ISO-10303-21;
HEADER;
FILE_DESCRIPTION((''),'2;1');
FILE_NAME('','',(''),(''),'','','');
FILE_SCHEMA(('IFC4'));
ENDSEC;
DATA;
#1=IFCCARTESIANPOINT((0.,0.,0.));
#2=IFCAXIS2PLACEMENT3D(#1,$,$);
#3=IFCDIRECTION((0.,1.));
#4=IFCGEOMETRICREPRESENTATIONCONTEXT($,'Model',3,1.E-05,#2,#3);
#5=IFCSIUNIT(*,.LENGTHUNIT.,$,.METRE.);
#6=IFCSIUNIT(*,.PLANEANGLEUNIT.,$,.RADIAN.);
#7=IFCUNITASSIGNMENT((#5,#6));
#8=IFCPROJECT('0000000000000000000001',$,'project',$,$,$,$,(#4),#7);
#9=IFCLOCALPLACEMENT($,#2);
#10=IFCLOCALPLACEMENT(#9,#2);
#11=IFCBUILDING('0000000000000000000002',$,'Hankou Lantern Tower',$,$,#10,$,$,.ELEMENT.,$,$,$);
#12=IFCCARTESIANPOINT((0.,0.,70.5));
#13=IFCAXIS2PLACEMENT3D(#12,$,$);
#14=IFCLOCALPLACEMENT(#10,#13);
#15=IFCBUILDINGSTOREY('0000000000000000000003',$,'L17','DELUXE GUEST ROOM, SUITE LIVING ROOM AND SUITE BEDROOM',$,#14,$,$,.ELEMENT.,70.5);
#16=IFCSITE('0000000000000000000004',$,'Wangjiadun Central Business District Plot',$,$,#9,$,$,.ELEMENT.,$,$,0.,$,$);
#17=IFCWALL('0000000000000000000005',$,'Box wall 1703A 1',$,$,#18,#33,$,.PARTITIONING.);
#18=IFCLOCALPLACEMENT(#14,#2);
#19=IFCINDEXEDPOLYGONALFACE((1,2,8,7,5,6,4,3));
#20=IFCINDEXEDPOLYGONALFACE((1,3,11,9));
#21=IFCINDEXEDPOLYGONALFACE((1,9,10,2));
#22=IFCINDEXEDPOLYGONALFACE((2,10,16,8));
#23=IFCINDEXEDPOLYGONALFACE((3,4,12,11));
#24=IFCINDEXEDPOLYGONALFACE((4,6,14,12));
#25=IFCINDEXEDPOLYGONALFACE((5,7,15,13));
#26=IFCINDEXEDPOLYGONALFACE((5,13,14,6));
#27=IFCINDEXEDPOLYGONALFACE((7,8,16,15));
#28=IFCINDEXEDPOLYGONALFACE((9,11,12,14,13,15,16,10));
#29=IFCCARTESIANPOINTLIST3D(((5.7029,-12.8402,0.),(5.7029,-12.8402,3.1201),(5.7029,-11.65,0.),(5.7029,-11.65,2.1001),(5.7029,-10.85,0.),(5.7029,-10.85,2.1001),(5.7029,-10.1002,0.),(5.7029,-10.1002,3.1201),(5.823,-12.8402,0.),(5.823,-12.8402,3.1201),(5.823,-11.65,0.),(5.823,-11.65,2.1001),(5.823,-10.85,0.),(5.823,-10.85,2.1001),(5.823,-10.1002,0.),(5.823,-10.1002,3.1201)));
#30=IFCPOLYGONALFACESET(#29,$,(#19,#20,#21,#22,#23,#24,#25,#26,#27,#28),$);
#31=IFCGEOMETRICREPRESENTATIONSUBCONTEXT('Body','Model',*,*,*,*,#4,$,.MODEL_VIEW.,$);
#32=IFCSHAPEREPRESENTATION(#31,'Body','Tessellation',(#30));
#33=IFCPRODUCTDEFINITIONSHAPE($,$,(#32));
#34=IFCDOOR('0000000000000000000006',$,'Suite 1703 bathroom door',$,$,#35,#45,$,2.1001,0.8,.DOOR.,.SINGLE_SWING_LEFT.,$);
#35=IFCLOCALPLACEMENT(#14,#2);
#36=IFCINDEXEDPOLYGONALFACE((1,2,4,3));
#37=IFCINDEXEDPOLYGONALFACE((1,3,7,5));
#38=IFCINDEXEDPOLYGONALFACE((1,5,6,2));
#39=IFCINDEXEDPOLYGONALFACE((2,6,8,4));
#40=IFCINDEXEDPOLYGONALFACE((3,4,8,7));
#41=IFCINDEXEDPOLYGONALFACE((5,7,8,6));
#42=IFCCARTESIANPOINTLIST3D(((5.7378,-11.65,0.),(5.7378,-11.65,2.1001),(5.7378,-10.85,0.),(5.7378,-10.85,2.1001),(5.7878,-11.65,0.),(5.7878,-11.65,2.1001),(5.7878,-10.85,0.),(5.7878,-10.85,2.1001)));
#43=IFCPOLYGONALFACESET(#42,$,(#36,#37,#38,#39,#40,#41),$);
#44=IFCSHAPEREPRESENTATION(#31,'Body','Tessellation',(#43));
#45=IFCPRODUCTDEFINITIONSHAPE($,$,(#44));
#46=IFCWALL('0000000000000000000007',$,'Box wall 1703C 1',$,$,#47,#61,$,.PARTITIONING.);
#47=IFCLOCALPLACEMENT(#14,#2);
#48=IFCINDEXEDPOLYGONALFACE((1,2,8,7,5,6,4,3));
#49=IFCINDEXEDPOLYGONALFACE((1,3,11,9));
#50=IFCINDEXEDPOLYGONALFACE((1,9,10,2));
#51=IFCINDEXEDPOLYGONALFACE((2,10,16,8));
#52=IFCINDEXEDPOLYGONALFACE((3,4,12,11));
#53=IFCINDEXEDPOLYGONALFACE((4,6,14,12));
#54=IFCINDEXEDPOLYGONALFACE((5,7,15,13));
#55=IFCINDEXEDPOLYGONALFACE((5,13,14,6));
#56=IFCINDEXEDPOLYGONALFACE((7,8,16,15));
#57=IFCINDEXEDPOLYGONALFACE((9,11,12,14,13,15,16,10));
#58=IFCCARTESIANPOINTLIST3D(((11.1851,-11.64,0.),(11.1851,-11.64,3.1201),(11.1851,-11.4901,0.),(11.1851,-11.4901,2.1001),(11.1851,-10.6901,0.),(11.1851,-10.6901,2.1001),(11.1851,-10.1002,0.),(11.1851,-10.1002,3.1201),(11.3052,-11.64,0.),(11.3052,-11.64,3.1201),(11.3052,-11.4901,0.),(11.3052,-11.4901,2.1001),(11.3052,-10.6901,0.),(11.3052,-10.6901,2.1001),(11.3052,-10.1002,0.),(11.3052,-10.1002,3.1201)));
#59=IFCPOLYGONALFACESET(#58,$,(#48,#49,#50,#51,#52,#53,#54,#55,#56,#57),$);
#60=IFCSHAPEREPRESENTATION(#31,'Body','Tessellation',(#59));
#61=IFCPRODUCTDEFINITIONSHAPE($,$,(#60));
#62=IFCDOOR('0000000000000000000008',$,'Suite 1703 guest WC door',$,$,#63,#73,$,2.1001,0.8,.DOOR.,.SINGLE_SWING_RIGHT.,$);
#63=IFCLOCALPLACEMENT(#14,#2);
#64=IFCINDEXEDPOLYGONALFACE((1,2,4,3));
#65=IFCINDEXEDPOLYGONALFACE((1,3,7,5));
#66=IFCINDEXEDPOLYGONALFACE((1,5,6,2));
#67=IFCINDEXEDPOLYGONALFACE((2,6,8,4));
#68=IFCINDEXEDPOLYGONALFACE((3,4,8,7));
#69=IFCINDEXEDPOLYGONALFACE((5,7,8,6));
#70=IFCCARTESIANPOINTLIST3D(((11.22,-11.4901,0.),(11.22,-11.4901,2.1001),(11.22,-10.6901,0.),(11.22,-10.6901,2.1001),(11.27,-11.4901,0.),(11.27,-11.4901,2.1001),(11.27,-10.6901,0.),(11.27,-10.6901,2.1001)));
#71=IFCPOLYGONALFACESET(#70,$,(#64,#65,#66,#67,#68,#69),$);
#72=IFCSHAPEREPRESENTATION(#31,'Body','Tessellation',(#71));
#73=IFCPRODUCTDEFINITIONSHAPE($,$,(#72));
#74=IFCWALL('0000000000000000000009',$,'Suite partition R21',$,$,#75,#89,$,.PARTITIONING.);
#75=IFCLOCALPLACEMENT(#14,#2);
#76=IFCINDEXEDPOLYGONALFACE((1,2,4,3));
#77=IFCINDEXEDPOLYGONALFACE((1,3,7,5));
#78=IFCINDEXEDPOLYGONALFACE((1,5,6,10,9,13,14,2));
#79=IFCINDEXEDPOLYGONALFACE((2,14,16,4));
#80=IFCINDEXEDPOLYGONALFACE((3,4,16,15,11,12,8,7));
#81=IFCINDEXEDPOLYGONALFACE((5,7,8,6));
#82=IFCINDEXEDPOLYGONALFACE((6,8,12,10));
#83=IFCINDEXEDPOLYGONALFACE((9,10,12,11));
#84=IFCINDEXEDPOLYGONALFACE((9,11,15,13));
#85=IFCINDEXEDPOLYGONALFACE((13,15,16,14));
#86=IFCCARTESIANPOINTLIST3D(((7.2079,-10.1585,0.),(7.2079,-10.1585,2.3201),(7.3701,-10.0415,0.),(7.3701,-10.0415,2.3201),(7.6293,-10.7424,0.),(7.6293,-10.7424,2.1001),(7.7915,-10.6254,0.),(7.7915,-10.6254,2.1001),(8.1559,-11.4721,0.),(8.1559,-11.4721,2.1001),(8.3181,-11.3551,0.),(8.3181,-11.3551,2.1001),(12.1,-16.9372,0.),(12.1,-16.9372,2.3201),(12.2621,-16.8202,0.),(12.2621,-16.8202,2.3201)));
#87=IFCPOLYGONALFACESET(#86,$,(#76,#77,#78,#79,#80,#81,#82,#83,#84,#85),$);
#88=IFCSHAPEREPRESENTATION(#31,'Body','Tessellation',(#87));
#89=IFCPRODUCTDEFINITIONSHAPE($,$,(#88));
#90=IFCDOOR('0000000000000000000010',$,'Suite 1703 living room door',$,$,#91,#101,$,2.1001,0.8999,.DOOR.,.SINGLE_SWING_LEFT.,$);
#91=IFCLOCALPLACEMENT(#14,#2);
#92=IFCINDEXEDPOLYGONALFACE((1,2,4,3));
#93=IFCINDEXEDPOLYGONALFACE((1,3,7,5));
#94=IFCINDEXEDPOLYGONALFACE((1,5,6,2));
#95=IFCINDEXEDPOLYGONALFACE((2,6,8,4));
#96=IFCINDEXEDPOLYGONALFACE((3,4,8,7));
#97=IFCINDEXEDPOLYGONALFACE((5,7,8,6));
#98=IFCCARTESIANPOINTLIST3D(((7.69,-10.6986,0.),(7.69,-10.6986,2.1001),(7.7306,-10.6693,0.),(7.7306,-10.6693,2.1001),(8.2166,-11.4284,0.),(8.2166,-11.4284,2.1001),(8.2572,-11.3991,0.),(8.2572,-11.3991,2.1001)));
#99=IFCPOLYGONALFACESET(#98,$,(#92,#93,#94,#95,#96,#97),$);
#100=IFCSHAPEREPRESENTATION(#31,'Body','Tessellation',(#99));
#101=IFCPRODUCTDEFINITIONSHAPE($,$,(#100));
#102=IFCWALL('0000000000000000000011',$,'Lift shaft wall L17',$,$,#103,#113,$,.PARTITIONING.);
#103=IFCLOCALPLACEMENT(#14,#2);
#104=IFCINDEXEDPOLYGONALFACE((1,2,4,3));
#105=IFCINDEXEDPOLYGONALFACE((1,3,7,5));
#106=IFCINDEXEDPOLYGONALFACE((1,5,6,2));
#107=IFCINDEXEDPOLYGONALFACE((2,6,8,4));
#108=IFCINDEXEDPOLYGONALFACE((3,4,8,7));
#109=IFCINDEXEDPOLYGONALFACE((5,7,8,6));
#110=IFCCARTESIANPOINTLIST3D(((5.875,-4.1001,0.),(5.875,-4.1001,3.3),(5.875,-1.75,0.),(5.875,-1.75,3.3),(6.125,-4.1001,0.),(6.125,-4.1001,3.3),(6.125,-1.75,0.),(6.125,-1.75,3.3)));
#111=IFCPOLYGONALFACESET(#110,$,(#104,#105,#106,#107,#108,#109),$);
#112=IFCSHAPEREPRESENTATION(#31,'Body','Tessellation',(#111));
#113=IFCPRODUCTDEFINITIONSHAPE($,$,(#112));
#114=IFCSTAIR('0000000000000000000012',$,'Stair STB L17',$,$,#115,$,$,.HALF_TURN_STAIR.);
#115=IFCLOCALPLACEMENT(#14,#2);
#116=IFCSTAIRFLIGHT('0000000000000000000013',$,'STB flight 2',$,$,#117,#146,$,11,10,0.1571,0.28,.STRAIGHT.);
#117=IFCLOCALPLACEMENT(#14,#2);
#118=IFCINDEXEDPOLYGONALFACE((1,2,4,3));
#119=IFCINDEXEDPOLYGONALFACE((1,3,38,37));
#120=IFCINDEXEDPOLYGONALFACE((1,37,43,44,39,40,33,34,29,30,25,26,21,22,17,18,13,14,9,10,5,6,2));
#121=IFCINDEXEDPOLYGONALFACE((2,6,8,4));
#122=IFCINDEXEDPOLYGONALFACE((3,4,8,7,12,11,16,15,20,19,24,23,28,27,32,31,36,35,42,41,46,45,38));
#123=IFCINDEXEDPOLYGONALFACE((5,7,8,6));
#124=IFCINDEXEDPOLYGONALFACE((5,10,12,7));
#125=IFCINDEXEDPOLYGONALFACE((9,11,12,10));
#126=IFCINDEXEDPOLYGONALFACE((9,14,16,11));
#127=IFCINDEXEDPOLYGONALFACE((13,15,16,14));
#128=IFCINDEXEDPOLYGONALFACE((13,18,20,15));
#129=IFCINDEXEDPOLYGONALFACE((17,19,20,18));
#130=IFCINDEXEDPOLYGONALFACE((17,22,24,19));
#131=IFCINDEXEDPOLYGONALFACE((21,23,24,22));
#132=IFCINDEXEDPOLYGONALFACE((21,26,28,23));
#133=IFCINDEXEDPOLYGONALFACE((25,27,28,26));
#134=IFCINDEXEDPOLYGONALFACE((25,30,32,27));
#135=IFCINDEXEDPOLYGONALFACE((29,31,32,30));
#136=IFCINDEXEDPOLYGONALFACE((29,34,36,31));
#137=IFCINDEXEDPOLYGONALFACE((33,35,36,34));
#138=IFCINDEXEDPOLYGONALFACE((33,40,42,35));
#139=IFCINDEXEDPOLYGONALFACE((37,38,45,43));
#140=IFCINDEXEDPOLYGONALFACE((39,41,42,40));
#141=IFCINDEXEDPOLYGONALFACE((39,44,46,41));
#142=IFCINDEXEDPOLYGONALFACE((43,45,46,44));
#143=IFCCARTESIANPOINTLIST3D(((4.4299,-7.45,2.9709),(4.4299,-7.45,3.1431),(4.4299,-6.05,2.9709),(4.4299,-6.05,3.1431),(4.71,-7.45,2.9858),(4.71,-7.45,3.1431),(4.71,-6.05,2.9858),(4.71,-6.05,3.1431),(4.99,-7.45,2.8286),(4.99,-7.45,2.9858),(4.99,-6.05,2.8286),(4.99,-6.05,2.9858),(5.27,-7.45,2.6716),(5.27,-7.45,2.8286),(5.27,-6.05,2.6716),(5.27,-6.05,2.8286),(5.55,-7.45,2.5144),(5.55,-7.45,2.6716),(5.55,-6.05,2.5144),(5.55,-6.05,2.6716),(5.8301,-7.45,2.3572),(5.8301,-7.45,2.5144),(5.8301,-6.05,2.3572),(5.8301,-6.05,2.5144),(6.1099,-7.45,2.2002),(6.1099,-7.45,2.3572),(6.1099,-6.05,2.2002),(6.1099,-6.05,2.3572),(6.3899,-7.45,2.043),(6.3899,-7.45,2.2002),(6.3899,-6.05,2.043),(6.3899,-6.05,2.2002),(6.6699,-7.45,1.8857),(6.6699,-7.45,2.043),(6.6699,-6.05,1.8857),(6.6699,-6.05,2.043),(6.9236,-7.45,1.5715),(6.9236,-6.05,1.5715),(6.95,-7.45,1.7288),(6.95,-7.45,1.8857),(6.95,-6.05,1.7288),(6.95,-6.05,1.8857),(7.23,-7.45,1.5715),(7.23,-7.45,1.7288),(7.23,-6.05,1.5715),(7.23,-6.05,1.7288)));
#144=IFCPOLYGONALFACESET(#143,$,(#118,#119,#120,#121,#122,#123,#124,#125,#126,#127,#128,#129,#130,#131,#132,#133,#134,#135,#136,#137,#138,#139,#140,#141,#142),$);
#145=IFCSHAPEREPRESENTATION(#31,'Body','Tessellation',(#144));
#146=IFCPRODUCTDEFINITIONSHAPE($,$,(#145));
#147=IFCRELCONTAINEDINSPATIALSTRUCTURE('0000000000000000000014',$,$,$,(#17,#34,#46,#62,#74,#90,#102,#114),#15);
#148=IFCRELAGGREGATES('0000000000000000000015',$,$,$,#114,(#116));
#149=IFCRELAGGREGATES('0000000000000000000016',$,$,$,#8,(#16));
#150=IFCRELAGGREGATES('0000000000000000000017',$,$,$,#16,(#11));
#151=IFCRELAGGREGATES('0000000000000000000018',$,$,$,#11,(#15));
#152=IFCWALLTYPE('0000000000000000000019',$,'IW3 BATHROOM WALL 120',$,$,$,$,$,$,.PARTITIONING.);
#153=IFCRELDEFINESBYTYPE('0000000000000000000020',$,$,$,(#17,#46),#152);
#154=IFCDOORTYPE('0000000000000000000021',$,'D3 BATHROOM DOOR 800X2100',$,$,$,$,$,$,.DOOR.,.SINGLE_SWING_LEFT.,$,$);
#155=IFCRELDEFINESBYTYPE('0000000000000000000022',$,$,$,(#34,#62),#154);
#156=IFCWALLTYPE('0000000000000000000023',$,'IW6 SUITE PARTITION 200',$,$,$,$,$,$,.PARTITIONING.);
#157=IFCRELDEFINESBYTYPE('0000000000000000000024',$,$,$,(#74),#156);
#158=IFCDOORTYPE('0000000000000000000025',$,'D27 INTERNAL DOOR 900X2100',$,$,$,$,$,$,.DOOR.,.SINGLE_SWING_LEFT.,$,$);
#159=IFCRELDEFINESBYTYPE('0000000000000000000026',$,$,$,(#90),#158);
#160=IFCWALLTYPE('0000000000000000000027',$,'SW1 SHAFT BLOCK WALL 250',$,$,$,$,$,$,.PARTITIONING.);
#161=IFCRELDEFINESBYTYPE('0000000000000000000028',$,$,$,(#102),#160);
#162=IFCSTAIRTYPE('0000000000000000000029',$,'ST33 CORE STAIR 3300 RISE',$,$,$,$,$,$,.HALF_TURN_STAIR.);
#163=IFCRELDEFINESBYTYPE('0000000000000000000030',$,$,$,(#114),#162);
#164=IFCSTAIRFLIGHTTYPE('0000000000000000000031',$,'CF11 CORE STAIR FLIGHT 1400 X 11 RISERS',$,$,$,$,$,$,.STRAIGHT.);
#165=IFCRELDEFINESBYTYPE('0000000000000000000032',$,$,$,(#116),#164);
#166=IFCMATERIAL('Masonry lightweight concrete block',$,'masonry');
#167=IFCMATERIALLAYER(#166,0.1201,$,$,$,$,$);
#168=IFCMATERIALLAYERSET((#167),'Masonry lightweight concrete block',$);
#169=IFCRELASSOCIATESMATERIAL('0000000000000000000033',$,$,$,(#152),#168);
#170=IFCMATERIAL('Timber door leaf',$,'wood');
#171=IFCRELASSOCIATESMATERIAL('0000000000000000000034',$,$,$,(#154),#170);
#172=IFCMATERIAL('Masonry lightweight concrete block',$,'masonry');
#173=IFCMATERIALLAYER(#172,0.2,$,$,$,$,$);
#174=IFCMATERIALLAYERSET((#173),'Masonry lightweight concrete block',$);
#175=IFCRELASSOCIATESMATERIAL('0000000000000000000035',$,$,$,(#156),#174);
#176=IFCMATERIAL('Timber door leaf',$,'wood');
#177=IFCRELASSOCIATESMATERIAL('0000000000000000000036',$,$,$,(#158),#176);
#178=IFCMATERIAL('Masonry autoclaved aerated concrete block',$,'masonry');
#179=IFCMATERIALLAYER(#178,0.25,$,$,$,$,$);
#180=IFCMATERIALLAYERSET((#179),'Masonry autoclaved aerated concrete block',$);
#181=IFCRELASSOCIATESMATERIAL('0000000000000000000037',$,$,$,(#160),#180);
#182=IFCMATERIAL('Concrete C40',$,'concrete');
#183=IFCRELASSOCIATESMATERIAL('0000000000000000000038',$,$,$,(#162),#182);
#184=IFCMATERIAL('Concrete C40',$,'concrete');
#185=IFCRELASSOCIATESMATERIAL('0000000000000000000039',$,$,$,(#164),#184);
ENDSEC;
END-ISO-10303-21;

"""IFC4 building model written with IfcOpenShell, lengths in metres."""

from ifc_helpers import new_model, si_unit, direction, frame, frame_2d, origin, place, context, subcontext, project, spatial, polyline, rectangle, outline, extrude, material, layer, layer_set, type_object, element, fill, aggregate, save


model = new_model("IFC4")

# Units and contexts
model_context = context("Model", 3, precision=1e-05, world=origin(), true_north=direction((0.0, 1.0)))
body_context = subcontext(model_context, "Body", "Model", "MODEL_VIEW")
ifc_project = project(units=[si_unit("LENGTHUNIT", "METRE"), si_unit("PLANEANGLEUNIT", "RADIAN")], contexts=[model_context])

# Site, building, storey
site_placement = place(None, origin())
site = spatial("IfcSite", under=ifc_project, at=site_placement, Name="Wangjiadun Central Business District Plot", CompositionType="ELEMENT", RefElevation=0.0)
building_placement = place(site_placement, origin())
building = spatial("IfcBuilding", under=site, at=building_placement, Name="Hankou Lantern Tower", CompositionType="ELEMENT")
storey_placement = place(building_placement, frame((0.0, 0.0, 70.5)))
storey = spatial("IfcBuildingStorey", under=building, at=storey_placement, Name="L17", Description="DELUXE GUEST ROOM, SUITE LIVING ROOM AND SUITE BEDROOM", CompositionType="ELEMENT", Elevation=70.5)

# Walls, openings, doors
ifc_material_1 = material(Name="Masonry lightweight concrete block", Category="masonry")
ifc_layer_1 = layer(ifc_material_1, 0.1201)
ifc_layer_set_1 = layer_set([ifc_layer_1], Name="Masonry lightweight concrete block")
wall_type_1 = type_object("IfcWallType", Name="IW3 BATHROOM WALL 120", PredefinedType="PARTITIONING", material=ifc_layer_set_1)
wall_1_placement = place(storey_placement, frame((5.7629, -10.1001, 0.0), z_axis=(0.0, 0.0, 1.0), x_axis=(0.0, -1.0, 0.0)))
wall_1 = element("IfcWall", 1, at=wall_1_placement, inside=storey, type_object=wall_type_1, Name="Box wall 1703A 1", PredefinedType="PARTITIONING", context=body_context, shape_type="SweptSolid", body=[
    extrude(rectangle(XDim=2.74, YDim=0.1201, at=frame_2d((1.3701, 0.0))), origin(), (0.0, 0.0, 1.0), 3.1201),
])
opening_1_placement = place(wall_1_placement, frame((0.75, 0.0, 0.0)))
opening_1 = element("IfcOpeningElement", 2, at=opening_1_placement, cuts=wall_1, PredefinedType="OPENING", context=body_context, shape_type="SweptSolid", body=[
    extrude(rectangle(XDim=0.8, YDim=2.1001, at=frame_2d((0.3999, 1.05))), frame((0.0, 0.0701, 0.0), z_axis=(0.0, -1.0, 0.0), x_axis=(1.0, 0.0, 0.0)), (0.0, 0.0, 1.0), 0.1401),
])
ifc_material_2 = material(Name="Timber door leaf", Category="wood")
door_type_1 = type_object("IfcDoorType", Name="D3 BATHROOM DOOR 800X2100", OperationType="SINGLE_SWING_LEFT", PredefinedType="DOOR", material=ifc_material_2)
door_1_placement = place(opening_1_placement, origin())
door_1 = element("IfcDoor", 3, at=door_1_placement, inside=storey, type_object=door_type_1, Name="Suite 1703 bathroom door", OperationType="SINGLE_SWING_LEFT", OverallHeight=2.1001, OverallWidth=0.8, PredefinedType="DOOR", context=body_context, shape_type="SweptSolid", body=[
    extrude(rectangle(XDim=0.8, YDim=2.1001, at=frame_2d((0.3999, 1.05))), frame((0.0, 0.0249, 0.0), z_axis=(0.0, -1.0, 0.0), x_axis=(1.0, 0.0, 0.0)), (0.0, 0.0, 1.0), 0.05),
])
fill(opening_1, door_1)
wall_2_placement = place(storey_placement, frame((11.2451, -10.1001, 0.0), z_axis=(0.0, 0.0, 1.0), x_axis=(0.0, -1.0, 0.0)))
wall_2 = element("IfcWall", 4, at=wall_2_placement, inside=storey, type_object=wall_type_1, Name="Box wall 1703C 1", PredefinedType="PARTITIONING", context=body_context, shape_type="SweptSolid", body=[
    extrude(rectangle(XDim=1.5398, YDim=0.1201, at=frame_2d((0.77, 0.0))), origin(), (0.0, 0.0, 1.0), 3.1201),
])
opening_2_placement = place(wall_2_placement, frame((0.5901, 0.0, 0.0)))
opening_2 = element("IfcOpeningElement", 5, at=opening_2_placement, cuts=wall_2, PredefinedType="OPENING", context=body_context, shape_type="SweptSolid", body=[
    extrude(rectangle(XDim=0.8, YDim=2.1001, at=frame_2d((0.3999, 1.05))), frame((0.0, 0.0701, 0.0), z_axis=(0.0, -1.0, 0.0), x_axis=(1.0, 0.0, 0.0)), (0.0, 0.0, 1.0), 0.1401),
])
door_2_placement = place(opening_2_placement, origin())
door_2 = element("IfcDoor", 6, at=door_2_placement, inside=storey, type_object=door_type_1, Name="Suite 1703 guest WC door", OperationType="SINGLE_SWING_RIGHT", OverallHeight=2.1001, OverallWidth=0.8, PredefinedType="DOOR", context=body_context, shape_type="SweptSolid", body=[
    extrude(rectangle(XDim=0.8, YDim=2.1001, at=frame_2d((0.3999, 1.05))), frame((0.0, 0.0249, 0.0), z_axis=(0.0, -1.0, 0.0), x_axis=(1.0, 0.0, 0.0)), (0.0, 0.0, 1.0), 0.05),
])
fill(opening_2, door_2)
ifc_material_3 = material(Name="Masonry lightweight concrete block", Category="masonry")
ifc_layer_2 = layer(ifc_material_3, 0.2)
ifc_layer_set_2 = layer_set([ifc_layer_2], Name="Masonry lightweight concrete block")
wall_type_2 = type_object("IfcWallType", Name="IW6 SUITE PARTITION 200", PredefinedType="PARTITIONING", material=ifc_layer_set_2)
wall_3_placement = place(storey_placement, frame((7.2891, -10.1001, 0.0), z_axis=(0.0, 0.0, 1.0), x_axis=(0.585198, -0.81089, 0.0)))
wall_3 = element("IfcWall", 7, at=wall_3_placement, inside=storey, type_object=wall_type_2, Name="Suite partition R21", PredefinedType="PARTITIONING", context=body_context, shape_type="SweptSolid", body=[
    extrude(rectangle(XDim=8.3596, YDim=0.2, at=frame_2d((4.1797, 0.0))), origin(), (0.0, 0.0, 1.0), 2.3201),
])
opening_3_placement = place(wall_3_placement, frame((0.72, 0.0, 0.0)))
opening_3 = element("IfcOpeningElement", 8, at=opening_3_placement, cuts=wall_3, PredefinedType="OPENING", context=body_context, shape_type="SweptSolid", body=[
    extrude(rectangle(XDim=0.8999, YDim=2.1001, at=frame_2d((0.45, 1.05))), frame((0.0, 0.1099, 0.0), z_axis=(0.0, -1.0, 0.0), x_axis=(1.0, 0.0, 0.0)), (0.0, 0.0, 1.0), 0.22),
])
ifc_material_4 = material(Name="Timber door leaf", Category="wood")
door_type_2 = type_object("IfcDoorType", Name="D27 INTERNAL DOOR 900X2100", OperationType="SINGLE_SWING_LEFT", PredefinedType="DOOR", material=ifc_material_4)
door_3_placement = place(opening_3_placement, origin())
door_3 = element("IfcDoor", 9, at=door_3_placement, inside=storey, type_object=door_type_2, Name="Suite 1703 living room door", OperationType="SINGLE_SWING_LEFT", OverallHeight=2.1001, OverallWidth=0.8999, PredefinedType="DOOR", context=body_context, shape_type="SweptSolid", body=[
    extrude(rectangle(XDim=0.8999, YDim=2.1001, at=frame_2d((0.45, 1.05))), frame((0.0, 0.0249, 0.0), z_axis=(0.0, -1.0, 0.0), x_axis=(1.0, 0.0, 0.0)), (0.0, 0.0, 1.0), 0.05),
])
fill(opening_3, door_3)

# Wall
ifc_material_5 = material(Name="Masonry autoclaved aerated concrete block", Category="masonry")
ifc_layer_3 = layer(ifc_material_5, 0.25)
ifc_layer_set_3 = layer_set([ifc_layer_3], Name="Masonry autoclaved aerated concrete block")
wall_type_3 = type_object("IfcWallType", Name="SW1 SHAFT BLOCK WALL 250", PredefinedType="PARTITIONING", material=ifc_layer_set_3)
wall_4_placement = place(storey_placement, frame((6.0, -4.1001, 0.0), z_axis=(0.0, 0.0, 1.0), x_axis=(0.0, 1.0, 0.0)))
element("IfcWall", 10, at=wall_4_placement, inside=storey, type_object=wall_type_3, Name="Lift shaft wall L17", PredefinedType="PARTITIONING", context=body_context, shape_type="SweptSolid", body=[
    extrude(rectangle(XDim=2.3501, YDim=0.25, at=frame_2d((1.175, 0.0))), origin(), (0.0, 0.0, 1.0), 3.3),
])

# Stair, stair flight
ifc_material_6 = material(Name="Concrete C40", Category="concrete")
stair_type = type_object("IfcStairType", Name="ST33 CORE STAIR 3300 RISE", PredefinedType="HALF_TURN_STAIR", material=ifc_material_6)
stair_placement = place(storey_placement, origin())
stair = element("IfcStair", 11, at=stair_placement, inside=storey, type_object=stair_type, Name="Stair STB L17", PredefinedType="HALF_TURN_STAIR")
ifc_material_7 = material(Name="Concrete C40", Category="concrete")
stair_flight_type = type_object("IfcStairFlightType", Name="CF11 CORE STAIR FLIGHT 1400 X 11 RISERS", PredefinedType="STRAIGHT", material=ifc_material_7)
stair_flight_placement = place(storey_placement, frame((7.23, -6.75, 1.5715), z_axis=(0.0, 0.0, 1.0), x_axis=(-1.0, 0.0, 0.0)))
stair_flight = element("IfcStairFlight", 12, at=stair_flight_placement, type_object=stair_flight_type, Name="STB flight 2", NumberOfRisers=11, NumberOfTreads=10, PredefinedType="STRAIGHT", RiserHeight=0.1571, TreadLength=0.28, context=body_context, shape_type="SweptSolid", body=[
    extrude(outline(polyline([(0.0, 0.0), (0.0, 0.1572), (0.28, 0.1572), (0.28, 0.3142), (0.5601, 0.3142), (0.5601, 0.4714), (0.8401, 0.4714), (0.8401, 0.6287), (1.1201, 0.6287), (1.1201, 0.7856), (1.3999, 0.7856), (1.3999, 0.9429), (1.6799, 0.9429), (1.6799, 1.1001), (1.96, 1.1001), (1.96, 1.2571), (2.24, 1.2571), (2.24, 1.4143), (2.52, 1.4143), (2.52, 1.5715), (2.8, 1.5715), (2.8, 1.7285), (2.8, 1.3994), (0.3064, 0.0), (0.0, 0.0)])), frame((0.0, 0.7, 0.0), z_axis=(0.0, -1.0, 0.0), x_axis=(1.0, 0.0, 0.0)), (0.0, 0.0, 1.0), 1.3999),
])
aggregate(stair, [stair_flight])

save(model, "model.ifc")
